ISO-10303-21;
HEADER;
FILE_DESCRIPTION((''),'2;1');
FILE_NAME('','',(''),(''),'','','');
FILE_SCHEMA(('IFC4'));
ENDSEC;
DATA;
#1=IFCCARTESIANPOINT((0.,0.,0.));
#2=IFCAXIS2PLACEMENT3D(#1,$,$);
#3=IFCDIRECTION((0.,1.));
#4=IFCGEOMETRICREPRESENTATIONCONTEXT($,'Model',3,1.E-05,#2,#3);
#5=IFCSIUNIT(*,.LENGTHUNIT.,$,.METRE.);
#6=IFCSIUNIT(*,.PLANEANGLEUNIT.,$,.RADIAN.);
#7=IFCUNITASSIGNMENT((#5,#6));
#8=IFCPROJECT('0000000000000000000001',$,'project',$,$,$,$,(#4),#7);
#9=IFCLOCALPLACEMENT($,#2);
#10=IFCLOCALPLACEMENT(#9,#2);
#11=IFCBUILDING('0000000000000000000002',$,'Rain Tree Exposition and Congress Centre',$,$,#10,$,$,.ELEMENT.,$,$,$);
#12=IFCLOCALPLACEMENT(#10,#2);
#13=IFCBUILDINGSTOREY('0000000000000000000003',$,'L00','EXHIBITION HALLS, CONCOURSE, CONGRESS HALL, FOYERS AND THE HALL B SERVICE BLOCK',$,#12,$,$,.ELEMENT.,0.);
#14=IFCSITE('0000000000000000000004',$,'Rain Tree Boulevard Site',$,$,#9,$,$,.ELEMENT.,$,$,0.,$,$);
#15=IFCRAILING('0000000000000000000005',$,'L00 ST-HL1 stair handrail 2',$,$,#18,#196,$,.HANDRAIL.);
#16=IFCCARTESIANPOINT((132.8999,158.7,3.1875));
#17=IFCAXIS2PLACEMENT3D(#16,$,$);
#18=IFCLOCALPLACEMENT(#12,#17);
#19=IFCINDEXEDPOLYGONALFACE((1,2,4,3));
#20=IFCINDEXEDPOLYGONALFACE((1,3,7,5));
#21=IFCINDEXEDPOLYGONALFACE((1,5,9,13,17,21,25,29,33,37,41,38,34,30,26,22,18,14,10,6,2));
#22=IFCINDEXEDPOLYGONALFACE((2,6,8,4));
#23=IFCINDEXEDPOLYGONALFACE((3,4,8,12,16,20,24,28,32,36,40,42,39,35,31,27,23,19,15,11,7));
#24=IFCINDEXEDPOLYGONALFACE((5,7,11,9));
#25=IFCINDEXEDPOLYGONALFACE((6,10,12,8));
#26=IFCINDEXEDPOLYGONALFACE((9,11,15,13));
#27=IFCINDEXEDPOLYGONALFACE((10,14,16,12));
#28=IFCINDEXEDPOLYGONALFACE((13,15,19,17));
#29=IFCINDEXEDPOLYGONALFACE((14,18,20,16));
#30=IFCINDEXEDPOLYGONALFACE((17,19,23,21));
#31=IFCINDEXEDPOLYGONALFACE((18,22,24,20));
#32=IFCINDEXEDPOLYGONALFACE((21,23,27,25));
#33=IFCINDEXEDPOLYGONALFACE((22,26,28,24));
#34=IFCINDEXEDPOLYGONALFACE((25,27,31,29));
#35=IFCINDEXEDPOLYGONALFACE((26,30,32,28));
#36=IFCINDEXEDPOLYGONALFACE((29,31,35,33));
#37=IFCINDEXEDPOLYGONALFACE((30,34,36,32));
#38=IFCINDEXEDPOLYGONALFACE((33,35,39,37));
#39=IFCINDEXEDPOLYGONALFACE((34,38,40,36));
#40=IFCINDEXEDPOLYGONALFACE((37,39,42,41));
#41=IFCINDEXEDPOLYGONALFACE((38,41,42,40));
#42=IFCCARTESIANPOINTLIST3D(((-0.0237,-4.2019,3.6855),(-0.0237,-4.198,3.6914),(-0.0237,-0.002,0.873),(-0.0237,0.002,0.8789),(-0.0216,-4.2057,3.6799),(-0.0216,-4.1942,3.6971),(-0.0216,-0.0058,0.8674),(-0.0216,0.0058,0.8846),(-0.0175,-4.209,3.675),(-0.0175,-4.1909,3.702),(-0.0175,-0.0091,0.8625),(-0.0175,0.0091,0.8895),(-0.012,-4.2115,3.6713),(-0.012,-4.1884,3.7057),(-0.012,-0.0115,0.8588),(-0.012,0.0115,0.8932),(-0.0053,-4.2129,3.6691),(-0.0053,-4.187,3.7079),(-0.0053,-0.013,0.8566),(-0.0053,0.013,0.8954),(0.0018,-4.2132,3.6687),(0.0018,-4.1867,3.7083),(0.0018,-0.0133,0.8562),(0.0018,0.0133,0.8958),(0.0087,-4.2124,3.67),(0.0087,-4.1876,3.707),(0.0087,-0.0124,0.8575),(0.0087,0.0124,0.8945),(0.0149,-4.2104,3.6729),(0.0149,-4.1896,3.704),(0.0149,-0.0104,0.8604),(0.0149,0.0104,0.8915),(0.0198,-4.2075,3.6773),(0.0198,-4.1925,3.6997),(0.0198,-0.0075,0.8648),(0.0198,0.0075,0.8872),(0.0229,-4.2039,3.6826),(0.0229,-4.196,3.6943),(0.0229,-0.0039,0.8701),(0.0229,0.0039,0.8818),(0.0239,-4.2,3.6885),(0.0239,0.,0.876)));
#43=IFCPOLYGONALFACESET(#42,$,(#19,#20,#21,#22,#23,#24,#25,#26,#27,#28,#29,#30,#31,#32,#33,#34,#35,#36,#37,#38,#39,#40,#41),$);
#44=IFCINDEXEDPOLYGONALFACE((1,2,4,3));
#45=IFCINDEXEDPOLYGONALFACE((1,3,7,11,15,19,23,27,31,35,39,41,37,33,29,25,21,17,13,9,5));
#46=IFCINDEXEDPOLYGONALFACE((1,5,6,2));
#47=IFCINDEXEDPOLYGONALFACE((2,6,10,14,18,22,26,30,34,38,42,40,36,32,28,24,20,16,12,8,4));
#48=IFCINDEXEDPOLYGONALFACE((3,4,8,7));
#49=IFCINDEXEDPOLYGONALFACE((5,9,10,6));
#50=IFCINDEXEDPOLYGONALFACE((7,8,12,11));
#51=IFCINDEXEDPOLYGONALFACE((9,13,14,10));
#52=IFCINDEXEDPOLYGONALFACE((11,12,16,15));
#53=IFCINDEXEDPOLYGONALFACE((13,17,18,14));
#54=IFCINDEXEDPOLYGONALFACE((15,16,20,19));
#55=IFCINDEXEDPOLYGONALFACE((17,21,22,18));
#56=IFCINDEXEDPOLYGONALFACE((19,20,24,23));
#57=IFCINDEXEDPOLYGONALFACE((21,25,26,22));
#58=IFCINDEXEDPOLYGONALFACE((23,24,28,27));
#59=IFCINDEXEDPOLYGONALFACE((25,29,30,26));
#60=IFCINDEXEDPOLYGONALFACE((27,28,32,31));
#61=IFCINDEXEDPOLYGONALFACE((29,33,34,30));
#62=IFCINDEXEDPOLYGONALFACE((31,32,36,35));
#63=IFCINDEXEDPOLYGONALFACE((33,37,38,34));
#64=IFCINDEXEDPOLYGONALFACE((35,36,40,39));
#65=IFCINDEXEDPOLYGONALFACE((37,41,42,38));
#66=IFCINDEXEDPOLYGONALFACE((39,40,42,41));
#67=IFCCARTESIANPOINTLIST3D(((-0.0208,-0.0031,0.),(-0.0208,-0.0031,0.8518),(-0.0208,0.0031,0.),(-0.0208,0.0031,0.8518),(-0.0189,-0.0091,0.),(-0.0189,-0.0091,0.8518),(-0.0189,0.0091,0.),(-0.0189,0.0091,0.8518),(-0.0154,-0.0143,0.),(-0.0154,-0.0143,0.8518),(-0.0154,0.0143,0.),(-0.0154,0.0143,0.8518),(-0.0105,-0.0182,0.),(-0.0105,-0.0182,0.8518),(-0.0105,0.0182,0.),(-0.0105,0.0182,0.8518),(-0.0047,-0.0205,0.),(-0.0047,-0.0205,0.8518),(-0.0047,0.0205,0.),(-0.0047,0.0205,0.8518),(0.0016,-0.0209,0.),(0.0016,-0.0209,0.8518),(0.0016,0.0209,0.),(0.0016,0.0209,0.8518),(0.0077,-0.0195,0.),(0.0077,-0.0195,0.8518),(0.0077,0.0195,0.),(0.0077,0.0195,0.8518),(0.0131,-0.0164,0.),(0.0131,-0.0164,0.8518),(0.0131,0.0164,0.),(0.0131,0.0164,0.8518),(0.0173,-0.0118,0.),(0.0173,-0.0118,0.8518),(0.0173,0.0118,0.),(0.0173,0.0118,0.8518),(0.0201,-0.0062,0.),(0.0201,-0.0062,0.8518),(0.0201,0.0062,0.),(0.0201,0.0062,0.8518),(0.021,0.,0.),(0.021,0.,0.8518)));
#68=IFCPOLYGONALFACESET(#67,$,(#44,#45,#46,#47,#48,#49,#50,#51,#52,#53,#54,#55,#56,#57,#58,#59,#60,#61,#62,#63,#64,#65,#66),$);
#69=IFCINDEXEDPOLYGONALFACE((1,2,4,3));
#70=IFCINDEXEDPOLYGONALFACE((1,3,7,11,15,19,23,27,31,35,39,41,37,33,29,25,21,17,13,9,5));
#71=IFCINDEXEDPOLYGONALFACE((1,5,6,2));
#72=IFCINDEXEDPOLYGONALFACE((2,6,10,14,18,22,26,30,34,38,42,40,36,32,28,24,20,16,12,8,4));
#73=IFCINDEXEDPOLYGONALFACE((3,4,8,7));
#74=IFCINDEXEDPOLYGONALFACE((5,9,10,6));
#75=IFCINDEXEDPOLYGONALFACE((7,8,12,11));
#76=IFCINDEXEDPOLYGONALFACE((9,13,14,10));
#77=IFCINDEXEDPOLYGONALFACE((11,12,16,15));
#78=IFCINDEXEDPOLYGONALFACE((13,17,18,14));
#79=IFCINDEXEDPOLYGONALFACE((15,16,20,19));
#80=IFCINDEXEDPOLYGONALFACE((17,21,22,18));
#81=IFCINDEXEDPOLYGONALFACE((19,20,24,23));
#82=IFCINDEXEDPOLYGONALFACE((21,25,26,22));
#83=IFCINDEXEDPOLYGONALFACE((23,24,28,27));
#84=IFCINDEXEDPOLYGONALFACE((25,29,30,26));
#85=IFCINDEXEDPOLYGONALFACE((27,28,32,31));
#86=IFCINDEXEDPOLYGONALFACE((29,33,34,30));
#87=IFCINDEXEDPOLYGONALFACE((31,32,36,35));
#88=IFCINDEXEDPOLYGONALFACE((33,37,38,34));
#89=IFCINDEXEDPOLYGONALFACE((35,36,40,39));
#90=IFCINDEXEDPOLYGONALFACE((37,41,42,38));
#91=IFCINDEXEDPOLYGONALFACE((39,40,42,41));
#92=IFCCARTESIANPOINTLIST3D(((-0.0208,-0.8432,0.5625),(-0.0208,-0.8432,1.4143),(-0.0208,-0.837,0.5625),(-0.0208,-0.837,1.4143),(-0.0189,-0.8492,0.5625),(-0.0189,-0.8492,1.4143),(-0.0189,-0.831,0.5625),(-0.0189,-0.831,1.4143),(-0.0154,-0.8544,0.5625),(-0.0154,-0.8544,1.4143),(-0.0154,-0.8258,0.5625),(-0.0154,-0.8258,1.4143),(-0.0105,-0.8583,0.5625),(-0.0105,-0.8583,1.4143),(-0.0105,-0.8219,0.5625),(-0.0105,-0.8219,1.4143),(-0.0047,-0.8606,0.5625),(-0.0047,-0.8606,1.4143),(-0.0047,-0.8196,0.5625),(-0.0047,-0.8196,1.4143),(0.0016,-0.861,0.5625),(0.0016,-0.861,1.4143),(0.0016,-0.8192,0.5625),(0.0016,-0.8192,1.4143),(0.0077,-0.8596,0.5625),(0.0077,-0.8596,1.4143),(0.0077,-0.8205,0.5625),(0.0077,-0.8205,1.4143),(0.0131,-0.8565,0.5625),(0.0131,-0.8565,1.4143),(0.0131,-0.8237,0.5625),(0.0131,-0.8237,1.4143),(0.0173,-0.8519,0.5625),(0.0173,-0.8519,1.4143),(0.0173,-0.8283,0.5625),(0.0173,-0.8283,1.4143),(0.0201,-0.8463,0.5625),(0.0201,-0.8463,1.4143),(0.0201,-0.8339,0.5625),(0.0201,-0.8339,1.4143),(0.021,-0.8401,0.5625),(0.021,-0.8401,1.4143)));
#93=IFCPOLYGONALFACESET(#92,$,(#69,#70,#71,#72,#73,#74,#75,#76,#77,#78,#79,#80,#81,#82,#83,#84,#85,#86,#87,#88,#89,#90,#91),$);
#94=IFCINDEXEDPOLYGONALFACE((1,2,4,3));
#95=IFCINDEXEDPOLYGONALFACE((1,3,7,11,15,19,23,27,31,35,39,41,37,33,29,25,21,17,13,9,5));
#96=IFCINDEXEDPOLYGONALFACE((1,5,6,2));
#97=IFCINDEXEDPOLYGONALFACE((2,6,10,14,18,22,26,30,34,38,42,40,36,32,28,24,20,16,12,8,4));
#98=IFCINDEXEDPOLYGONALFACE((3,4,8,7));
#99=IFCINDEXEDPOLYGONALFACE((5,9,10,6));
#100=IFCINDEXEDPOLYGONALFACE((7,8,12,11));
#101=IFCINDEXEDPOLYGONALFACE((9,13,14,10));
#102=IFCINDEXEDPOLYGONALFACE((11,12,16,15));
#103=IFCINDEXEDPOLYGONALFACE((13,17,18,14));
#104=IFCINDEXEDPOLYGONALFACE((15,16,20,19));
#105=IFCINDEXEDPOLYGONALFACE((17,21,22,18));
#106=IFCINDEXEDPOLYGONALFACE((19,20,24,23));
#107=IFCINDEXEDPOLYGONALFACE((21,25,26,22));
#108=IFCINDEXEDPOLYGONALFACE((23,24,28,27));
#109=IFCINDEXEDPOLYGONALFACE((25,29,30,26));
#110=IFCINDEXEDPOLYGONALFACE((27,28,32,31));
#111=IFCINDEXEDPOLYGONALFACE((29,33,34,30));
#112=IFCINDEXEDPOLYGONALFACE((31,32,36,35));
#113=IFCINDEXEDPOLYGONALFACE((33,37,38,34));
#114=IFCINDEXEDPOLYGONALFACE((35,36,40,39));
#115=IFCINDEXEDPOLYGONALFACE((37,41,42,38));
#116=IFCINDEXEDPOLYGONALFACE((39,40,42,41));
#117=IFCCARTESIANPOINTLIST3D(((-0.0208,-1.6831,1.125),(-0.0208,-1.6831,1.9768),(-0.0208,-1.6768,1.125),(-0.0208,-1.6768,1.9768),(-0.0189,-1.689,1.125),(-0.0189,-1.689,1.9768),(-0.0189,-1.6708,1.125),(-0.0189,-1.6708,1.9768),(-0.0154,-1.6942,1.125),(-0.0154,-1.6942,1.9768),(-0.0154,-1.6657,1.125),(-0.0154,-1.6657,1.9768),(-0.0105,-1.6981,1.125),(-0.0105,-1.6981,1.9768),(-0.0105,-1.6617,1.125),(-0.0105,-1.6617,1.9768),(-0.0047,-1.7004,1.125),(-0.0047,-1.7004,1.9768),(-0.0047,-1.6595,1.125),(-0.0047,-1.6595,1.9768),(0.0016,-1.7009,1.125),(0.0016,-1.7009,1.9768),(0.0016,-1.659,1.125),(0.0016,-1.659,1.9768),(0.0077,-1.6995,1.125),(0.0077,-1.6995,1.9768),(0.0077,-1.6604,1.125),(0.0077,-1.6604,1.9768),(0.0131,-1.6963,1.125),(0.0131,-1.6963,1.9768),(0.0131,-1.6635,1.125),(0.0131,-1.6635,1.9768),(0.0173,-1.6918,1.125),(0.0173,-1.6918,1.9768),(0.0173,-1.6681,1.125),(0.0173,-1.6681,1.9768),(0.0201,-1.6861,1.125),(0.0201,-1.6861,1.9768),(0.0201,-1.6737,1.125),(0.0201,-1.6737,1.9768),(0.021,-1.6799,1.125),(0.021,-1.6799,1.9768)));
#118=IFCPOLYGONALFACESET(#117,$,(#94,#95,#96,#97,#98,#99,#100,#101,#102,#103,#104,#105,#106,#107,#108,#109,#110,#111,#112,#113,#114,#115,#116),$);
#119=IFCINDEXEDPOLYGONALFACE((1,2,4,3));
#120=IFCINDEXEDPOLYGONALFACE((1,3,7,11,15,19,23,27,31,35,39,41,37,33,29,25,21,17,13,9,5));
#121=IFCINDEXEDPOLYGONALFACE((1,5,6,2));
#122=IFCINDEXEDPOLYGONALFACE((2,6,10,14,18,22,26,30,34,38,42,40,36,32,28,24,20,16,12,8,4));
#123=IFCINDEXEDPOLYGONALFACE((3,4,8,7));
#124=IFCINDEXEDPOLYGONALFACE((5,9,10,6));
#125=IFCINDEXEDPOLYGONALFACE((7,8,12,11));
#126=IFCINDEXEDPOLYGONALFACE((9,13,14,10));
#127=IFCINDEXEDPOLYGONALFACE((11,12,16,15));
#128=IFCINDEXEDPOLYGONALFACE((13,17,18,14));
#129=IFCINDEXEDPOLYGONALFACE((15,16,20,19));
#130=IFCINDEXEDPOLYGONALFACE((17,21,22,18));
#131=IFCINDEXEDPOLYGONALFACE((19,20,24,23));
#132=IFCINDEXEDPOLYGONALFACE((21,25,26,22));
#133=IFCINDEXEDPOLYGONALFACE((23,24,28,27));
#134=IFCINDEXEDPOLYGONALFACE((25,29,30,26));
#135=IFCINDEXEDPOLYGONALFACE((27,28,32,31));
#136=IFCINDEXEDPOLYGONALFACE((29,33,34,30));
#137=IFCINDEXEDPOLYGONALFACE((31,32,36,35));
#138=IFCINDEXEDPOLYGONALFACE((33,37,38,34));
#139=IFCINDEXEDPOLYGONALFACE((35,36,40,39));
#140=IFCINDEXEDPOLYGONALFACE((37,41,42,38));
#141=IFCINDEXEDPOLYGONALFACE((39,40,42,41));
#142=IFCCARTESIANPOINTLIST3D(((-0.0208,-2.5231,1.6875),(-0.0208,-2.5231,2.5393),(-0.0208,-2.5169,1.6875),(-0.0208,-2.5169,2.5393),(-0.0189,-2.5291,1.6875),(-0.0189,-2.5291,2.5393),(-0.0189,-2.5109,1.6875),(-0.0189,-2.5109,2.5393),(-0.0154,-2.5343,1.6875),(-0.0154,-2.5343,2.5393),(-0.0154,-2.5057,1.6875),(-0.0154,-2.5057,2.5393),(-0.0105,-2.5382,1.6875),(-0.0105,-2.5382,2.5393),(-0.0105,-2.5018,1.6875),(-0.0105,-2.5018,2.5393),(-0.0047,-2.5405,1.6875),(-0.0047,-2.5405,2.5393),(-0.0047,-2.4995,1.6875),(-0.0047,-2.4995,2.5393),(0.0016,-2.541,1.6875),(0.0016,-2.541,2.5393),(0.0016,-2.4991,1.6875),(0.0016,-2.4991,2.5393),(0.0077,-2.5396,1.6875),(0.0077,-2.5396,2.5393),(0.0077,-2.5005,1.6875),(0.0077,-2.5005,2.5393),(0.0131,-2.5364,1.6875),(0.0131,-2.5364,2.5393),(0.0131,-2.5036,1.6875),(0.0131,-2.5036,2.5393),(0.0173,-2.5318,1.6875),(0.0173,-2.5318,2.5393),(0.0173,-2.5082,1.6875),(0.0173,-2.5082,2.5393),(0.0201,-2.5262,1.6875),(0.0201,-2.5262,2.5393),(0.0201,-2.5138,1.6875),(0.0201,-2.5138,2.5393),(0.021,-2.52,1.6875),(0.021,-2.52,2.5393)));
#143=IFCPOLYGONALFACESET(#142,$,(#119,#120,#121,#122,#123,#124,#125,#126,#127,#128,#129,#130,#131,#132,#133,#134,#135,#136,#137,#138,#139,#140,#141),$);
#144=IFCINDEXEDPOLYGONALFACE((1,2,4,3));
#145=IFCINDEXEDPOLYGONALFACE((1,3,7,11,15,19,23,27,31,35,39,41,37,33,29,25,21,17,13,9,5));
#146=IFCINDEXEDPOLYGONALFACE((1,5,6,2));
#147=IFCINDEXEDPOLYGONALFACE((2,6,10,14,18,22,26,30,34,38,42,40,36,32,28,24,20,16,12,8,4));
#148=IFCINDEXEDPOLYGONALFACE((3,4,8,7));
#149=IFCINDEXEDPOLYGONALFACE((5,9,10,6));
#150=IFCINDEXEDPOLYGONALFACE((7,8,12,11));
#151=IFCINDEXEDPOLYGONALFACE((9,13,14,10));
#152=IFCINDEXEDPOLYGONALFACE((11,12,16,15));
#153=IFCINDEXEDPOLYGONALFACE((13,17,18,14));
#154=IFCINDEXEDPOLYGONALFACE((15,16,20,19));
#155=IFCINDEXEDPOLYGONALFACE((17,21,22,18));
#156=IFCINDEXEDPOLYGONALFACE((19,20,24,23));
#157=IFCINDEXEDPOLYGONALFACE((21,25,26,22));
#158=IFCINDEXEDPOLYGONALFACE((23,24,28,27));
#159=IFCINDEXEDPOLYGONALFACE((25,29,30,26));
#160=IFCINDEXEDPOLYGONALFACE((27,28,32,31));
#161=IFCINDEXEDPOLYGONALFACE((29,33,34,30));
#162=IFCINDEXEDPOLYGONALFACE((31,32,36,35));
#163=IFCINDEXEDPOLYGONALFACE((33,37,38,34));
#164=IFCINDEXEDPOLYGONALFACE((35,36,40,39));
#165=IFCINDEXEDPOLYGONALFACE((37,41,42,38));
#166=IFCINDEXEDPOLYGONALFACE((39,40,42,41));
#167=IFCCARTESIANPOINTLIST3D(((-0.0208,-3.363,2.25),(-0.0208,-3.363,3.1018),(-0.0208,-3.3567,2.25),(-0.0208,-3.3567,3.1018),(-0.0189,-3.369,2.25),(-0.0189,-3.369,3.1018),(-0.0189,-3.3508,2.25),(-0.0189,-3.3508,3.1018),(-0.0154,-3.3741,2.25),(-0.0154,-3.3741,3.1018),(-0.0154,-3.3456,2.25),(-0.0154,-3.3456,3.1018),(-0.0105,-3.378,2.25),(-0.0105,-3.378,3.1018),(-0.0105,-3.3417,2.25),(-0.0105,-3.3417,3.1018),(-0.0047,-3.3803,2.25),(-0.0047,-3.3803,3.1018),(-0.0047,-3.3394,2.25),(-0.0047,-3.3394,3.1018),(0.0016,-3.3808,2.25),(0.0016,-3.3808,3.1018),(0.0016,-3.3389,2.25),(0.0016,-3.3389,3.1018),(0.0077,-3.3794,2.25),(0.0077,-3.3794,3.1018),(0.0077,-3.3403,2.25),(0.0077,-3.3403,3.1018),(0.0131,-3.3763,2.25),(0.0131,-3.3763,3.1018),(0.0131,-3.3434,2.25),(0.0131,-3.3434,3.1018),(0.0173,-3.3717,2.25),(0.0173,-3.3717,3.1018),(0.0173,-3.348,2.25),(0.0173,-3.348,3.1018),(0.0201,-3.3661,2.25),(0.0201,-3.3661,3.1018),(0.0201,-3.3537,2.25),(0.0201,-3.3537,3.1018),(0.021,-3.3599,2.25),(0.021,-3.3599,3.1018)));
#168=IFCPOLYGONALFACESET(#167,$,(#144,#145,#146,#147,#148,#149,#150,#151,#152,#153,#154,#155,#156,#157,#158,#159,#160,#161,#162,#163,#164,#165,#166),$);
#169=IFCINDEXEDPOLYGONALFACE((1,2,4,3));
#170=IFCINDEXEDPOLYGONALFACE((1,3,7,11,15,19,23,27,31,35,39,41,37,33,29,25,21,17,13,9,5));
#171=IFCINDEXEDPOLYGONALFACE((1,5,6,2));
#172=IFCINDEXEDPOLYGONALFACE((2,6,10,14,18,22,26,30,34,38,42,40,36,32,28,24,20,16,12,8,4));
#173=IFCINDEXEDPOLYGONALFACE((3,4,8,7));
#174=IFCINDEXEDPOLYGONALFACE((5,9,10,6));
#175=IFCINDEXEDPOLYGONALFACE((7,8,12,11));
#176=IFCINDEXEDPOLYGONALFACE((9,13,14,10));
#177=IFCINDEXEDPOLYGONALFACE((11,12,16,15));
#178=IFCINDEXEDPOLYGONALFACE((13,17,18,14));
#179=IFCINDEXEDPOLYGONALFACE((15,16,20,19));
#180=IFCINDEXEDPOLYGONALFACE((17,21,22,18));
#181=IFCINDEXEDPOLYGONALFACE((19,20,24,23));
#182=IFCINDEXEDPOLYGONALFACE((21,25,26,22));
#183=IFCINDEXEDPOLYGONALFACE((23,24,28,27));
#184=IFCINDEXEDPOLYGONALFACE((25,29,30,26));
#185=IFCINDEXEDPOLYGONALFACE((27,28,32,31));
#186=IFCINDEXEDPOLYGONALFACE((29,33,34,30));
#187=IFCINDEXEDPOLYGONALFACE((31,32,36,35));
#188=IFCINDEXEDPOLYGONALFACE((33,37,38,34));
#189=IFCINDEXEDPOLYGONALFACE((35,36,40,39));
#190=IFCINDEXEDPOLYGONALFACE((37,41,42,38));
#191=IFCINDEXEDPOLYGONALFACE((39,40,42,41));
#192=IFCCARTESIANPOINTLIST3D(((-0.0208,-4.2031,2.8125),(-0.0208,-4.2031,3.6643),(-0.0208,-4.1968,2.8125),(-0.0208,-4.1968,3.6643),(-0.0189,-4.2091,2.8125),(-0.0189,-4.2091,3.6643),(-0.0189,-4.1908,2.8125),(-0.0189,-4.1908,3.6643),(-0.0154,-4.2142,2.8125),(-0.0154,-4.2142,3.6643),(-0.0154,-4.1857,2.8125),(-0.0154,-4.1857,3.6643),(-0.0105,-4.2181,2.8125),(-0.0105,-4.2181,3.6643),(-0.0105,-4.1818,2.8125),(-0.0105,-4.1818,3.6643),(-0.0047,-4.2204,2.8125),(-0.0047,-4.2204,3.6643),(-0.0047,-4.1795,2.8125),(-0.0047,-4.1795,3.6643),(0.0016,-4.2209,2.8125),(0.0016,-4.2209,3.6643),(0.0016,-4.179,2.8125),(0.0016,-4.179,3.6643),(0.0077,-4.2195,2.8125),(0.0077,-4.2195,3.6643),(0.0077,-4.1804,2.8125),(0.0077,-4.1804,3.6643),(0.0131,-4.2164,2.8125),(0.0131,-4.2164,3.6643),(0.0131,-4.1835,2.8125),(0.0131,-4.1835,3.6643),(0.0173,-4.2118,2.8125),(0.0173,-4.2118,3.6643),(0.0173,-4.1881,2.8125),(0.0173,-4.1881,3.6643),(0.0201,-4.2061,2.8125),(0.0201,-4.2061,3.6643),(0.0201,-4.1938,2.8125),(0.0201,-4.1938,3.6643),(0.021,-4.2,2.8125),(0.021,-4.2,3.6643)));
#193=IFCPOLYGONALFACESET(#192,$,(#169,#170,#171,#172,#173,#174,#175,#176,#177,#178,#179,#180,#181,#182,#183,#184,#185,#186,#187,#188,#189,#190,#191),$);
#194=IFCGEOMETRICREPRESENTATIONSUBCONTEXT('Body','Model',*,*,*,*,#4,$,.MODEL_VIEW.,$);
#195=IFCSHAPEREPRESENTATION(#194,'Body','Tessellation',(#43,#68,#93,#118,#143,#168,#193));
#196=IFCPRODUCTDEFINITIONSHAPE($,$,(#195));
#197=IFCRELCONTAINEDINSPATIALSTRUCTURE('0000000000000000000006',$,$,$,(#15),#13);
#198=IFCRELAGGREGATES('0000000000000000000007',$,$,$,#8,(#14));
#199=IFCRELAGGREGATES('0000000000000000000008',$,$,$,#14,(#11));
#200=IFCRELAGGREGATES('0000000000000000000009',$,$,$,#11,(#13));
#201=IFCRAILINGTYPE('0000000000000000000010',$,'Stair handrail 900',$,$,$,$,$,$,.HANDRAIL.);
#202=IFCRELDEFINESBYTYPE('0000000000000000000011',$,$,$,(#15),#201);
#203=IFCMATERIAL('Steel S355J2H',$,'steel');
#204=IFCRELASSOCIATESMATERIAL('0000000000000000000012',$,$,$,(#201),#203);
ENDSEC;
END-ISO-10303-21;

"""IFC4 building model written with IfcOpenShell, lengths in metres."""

from ifc_helpers import new_model, si_unit, direction, frame, origin, origin_2d, place, context, subcontext, project, spatial, circle, extrude, material, type_object, element, save


model = new_model("IFC4")

# Units and contexts
model_context = context("Model", 3, precision=1e-05, world=origin(), true_north=direction((0.0, 1.0)))
body_context = subcontext(model_context, "Body", "Model", "MODEL_VIEW")
ifc_project = project(units=[si_unit("LENGTHUNIT", "METRE"), si_unit("PLANEANGLEUNIT", "RADIAN")], contexts=[model_context])

# Site, building, storey
site_placement = place(None, origin())
site = spatial("IfcSite", under=ifc_project, at=site_placement, Name="Rain Tree Boulevard Site", CompositionType="ELEMENT", RefElevation=0.0)
building_placement = place(site_placement, origin())
building = spatial("IfcBuilding", under=site, at=building_placement, Name="Rain Tree Exposition and Congress Centre", CompositionType="ELEMENT")
storey_placement = place(building_placement, origin())
storey = spatial("IfcBuildingStorey", under=building, at=storey_placement, Name="L00", Description="EXHIBITION HALLS, CONCOURSE, CONGRESS HALL, FOYERS AND THE HALL B SERVICE BLOCK", CompositionType="ELEMENT", Elevation=0.0)

# Railing
ifc_material_1 = material(Name="Steel S355J2H", Category="steel")
railing_type_1 = type_object("IfcRailingType", Name="Stair handrail 900", PredefinedType="HANDRAIL", material=ifc_material_1)
railing_1_placement = place(storey_placement, frame((132.8999, 158.7, 3.1875)))
element("IfcRailing", 1, at=railing_1_placement, inside=storey, type_object=railing_type_1, Name="L00 ST-HL1 stair handrail 2", PredefinedType="HANDRAIL", context=body_context, shape_type="SweptSolid", body=[
    extrude(circle(Radius=0.0239, at=origin_2d()), frame((0.0, 0.0, 0.876), z_axis=(0.0, -0.830904, 0.556416), x_axis=(1.0, 0.0, 0.0)), (0.0, 0.0, 1.0), 5.0547),
    extrude(circle(Radius=0.021, at=origin_2d()), origin(), (0.0, 0.0, 1.0), 0.8518),
    extrude(circle(Radius=0.021, at=origin_2d()), frame((0.0, -0.8401, 0.5625)), (0.0, 0.0, 1.0), 0.8518),
    extrude(circle(Radius=0.021, at=origin_2d()), frame((0.0, -1.6799, 1.125)), (0.0, 0.0, 1.0), 0.8518),
    extrude(circle(Radius=0.021, at=origin_2d()), frame((0.0, -2.52, 1.6875)), (0.0, 0.0, 1.0), 0.8518),
    extrude(circle(Radius=0.021, at=origin_2d()), frame((0.0, -3.3599, 2.25)), (0.0, 0.0, 1.0), 0.8518),
    extrude(circle(Radius=0.021, at=origin_2d()), frame((0.0, -4.2, 2.8125)), (0.0, 0.0, 1.0), 0.8518),
])

save(model, "model.ifc")
